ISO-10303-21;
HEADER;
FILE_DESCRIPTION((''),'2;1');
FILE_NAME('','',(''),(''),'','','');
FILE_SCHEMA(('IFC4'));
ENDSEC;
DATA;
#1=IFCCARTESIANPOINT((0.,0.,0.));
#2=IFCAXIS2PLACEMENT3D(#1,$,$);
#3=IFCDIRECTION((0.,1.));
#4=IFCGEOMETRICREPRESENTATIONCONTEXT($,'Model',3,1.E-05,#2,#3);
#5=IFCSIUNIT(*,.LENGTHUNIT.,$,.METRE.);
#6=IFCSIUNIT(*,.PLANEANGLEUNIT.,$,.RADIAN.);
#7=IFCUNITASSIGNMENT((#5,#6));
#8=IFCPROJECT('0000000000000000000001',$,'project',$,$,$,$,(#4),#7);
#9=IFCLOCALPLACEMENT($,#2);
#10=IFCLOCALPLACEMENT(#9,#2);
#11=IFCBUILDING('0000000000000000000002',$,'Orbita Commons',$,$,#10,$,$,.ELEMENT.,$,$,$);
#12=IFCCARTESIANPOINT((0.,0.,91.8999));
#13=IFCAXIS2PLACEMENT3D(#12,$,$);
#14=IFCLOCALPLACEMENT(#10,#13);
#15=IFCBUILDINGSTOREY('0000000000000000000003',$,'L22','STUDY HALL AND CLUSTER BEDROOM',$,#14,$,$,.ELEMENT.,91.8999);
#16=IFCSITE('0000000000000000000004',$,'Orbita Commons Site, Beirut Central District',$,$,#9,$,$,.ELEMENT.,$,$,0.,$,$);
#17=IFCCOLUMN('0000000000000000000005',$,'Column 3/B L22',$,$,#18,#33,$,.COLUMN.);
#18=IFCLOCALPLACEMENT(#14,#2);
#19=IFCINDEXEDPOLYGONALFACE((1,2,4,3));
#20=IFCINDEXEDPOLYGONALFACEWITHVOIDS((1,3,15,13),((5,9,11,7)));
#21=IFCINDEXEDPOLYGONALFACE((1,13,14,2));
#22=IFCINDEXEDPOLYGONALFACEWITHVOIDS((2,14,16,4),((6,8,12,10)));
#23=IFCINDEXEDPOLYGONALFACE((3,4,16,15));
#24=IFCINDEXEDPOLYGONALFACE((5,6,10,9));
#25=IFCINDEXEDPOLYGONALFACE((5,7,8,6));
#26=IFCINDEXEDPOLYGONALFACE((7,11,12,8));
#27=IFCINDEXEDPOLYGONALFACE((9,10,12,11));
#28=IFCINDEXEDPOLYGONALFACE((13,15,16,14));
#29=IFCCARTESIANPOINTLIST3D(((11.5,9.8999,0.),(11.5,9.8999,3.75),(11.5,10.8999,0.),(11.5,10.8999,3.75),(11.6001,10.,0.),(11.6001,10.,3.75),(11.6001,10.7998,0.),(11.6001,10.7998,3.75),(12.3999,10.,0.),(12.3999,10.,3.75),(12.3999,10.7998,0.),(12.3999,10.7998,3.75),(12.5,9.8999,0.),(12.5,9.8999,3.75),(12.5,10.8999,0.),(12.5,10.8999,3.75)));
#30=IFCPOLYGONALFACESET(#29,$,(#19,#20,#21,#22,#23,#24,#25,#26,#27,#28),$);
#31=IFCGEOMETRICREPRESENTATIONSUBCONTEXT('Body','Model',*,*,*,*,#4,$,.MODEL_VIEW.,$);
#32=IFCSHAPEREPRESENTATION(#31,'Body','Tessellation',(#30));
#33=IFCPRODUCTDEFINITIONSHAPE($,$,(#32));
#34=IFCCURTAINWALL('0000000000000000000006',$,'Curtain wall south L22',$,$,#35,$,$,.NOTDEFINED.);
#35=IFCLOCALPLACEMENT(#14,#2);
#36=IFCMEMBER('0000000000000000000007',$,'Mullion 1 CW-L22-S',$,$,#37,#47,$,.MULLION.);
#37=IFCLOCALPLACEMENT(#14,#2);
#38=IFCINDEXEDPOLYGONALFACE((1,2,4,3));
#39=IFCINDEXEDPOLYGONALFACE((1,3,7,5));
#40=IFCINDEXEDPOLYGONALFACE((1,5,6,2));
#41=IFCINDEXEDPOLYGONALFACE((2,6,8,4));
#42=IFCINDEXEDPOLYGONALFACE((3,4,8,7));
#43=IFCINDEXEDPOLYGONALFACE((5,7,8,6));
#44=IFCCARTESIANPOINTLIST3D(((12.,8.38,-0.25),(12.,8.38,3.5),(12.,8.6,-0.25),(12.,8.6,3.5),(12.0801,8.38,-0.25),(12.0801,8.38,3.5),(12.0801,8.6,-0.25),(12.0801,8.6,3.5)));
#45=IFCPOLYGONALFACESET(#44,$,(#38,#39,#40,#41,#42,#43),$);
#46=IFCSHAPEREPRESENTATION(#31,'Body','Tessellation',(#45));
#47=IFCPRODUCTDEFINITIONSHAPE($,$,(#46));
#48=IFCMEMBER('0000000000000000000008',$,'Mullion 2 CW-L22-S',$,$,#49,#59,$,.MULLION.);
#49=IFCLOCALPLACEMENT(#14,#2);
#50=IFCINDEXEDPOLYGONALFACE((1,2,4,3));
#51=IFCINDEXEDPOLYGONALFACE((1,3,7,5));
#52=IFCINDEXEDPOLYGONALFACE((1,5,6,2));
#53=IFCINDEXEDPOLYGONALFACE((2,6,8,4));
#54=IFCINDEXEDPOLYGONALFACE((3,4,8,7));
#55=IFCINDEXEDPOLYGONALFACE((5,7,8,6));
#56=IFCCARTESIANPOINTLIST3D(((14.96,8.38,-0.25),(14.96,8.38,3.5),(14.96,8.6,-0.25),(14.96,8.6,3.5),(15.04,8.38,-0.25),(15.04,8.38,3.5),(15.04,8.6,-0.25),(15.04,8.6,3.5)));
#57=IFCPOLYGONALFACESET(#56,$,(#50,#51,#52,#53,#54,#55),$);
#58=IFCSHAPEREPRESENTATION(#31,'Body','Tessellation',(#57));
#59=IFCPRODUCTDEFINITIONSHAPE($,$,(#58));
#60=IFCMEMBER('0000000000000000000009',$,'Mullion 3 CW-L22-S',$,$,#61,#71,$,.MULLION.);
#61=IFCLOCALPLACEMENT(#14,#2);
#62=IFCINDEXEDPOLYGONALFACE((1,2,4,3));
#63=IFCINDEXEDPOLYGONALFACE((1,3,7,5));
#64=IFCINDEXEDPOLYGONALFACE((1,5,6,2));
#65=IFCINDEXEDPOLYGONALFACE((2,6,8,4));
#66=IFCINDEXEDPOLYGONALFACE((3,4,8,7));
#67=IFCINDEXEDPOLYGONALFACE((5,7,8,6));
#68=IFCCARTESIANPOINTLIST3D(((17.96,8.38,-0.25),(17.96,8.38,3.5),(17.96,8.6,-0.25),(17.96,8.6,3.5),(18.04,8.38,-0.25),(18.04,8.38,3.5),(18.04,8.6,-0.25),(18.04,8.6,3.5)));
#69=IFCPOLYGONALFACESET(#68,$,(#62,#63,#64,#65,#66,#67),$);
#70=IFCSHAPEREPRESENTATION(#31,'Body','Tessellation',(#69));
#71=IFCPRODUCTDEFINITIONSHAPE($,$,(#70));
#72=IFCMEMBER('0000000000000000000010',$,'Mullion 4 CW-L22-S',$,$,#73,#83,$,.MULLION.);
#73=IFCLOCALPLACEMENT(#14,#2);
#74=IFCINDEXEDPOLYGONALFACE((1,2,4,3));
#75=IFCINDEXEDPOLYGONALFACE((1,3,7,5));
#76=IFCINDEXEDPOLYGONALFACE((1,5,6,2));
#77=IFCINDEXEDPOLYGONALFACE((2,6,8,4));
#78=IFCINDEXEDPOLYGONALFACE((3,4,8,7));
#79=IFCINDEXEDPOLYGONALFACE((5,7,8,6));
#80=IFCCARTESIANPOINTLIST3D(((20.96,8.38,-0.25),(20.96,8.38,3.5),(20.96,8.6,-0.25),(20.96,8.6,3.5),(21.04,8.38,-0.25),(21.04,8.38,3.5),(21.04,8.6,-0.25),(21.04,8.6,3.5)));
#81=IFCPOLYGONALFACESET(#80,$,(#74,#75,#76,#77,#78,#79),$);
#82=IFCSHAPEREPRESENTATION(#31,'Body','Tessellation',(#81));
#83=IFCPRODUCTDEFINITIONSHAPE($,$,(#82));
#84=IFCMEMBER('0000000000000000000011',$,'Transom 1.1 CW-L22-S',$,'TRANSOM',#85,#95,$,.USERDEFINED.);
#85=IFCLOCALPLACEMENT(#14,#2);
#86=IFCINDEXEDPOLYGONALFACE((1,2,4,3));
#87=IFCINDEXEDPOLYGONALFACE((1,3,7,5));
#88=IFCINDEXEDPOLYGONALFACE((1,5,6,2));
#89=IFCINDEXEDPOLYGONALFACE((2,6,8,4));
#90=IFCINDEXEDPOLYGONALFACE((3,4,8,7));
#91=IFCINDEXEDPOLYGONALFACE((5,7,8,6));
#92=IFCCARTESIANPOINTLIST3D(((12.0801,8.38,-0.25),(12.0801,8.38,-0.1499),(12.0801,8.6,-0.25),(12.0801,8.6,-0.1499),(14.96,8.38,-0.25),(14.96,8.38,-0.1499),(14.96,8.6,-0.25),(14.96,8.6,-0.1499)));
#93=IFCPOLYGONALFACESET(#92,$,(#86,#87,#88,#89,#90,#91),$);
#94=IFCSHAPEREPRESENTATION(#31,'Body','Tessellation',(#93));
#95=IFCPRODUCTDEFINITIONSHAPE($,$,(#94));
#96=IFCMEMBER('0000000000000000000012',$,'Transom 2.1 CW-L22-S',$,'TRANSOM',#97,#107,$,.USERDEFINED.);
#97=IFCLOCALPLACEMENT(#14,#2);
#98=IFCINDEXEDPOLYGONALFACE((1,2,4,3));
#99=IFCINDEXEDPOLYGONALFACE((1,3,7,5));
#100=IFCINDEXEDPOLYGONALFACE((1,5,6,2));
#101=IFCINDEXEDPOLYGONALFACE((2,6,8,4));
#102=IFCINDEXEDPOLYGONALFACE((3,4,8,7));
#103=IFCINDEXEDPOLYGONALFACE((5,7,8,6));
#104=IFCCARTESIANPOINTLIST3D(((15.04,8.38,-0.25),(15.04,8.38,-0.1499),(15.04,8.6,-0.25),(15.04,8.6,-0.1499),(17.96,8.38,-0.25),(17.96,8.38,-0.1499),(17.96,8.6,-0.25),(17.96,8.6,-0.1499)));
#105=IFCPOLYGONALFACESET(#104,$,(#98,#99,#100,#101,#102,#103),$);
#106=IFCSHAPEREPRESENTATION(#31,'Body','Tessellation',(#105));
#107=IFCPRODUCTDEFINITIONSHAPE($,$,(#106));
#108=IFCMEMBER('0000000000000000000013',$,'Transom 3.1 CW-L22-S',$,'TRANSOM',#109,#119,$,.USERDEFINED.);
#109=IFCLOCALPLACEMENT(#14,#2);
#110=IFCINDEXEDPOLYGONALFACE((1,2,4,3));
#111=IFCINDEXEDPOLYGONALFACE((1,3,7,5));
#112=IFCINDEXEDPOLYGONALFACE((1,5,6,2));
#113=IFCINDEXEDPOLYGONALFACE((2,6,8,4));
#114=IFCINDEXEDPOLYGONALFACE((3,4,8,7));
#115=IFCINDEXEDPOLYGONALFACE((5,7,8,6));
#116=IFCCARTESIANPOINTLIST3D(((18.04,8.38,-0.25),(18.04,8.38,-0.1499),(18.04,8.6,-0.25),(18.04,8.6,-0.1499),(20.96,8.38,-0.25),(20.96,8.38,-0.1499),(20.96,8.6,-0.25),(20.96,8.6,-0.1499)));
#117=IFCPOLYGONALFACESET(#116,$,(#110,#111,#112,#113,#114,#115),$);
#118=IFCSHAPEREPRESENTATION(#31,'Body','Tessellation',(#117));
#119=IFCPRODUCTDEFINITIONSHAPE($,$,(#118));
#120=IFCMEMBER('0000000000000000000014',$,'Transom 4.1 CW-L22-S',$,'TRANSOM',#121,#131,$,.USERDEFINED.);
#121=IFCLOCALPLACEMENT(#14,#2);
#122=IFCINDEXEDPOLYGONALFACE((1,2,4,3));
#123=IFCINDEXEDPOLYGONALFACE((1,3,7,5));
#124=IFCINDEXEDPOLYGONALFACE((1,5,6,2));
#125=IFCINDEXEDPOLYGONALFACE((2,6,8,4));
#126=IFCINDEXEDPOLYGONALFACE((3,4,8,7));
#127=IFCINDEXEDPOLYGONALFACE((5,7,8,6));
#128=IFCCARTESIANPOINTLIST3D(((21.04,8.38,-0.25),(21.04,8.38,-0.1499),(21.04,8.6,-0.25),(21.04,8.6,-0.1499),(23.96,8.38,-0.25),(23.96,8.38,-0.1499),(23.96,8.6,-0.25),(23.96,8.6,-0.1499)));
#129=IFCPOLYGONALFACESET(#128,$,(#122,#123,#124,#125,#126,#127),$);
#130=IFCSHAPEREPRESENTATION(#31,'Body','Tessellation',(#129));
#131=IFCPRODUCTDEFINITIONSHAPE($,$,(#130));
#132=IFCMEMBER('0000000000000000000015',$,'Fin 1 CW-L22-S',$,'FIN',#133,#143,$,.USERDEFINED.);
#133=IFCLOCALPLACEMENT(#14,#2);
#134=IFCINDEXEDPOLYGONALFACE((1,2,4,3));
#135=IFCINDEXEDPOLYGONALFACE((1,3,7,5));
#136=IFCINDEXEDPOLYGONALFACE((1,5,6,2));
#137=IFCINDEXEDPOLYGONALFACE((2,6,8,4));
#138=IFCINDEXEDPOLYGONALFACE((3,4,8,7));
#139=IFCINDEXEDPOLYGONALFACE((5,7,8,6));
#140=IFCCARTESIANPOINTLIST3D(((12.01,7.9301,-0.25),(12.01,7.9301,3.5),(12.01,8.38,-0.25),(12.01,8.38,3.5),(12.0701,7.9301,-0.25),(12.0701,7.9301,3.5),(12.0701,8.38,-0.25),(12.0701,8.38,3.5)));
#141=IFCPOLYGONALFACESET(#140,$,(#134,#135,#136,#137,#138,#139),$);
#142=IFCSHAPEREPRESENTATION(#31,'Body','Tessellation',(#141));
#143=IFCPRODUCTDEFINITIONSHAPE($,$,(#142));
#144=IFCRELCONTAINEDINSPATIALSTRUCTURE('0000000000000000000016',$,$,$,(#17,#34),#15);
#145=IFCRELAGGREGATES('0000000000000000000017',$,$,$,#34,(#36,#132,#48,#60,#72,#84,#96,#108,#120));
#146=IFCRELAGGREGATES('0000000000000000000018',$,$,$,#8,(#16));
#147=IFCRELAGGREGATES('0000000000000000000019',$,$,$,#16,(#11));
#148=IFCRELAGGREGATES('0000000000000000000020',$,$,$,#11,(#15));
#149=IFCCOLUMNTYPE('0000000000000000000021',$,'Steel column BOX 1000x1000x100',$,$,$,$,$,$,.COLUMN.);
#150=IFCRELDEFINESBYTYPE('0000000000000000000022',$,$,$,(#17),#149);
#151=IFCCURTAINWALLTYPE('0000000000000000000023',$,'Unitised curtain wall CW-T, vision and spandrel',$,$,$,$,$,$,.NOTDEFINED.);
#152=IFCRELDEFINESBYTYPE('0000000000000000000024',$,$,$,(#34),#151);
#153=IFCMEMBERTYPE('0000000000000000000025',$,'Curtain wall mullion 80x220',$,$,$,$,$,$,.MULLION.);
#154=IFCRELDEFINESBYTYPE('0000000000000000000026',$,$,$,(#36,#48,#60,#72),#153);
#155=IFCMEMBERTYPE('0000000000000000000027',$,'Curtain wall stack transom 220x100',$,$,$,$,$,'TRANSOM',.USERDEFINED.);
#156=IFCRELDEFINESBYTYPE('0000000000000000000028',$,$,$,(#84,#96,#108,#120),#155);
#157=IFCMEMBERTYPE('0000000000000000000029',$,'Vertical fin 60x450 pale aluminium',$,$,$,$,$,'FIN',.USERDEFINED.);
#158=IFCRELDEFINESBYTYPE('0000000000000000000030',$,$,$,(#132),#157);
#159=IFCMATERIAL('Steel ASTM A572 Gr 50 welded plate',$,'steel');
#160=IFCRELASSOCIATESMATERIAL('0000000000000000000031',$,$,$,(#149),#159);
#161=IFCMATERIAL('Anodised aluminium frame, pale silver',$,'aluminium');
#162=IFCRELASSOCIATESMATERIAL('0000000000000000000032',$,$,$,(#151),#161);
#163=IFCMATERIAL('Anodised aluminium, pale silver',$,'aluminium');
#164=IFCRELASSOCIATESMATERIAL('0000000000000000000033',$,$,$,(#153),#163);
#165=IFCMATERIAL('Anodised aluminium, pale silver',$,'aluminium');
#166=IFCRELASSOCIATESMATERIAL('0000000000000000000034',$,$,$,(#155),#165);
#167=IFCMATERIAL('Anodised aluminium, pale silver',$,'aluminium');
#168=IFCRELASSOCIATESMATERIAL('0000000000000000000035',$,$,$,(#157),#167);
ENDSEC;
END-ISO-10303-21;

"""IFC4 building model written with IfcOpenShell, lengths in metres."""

from ifc_helpers import new_model, si_unit, direction, frame, origin, origin_2d, place, context, subcontext, project, spatial, rectangle, hollow_rectangle, extrude, material, material_profile, profile_set, type_object, element, aggregate, save


model = new_model("IFC4")

# Units and contexts
model_context = context("Model", 3, precision=1e-05, world=origin(), true_north=direction((0.0, 1.0)))
body_context = subcontext(model_context, "Body", "Model", "MODEL_VIEW")
ifc_project = project(units=[si_unit("LENGTHUNIT", "METRE"), si_unit("PLANEANGLEUNIT", "RADIAN")], contexts=[model_context])

# Site, building, storey
site_placement = place(None, origin())
site = spatial("IfcSite", under=ifc_project, at=site_placement, Name="Orbita Commons Site, Beirut Central District", CompositionType="ELEMENT", RefElevation=0.0)
building_placement = place(site_placement, origin())
building = spatial("IfcBuilding", under=site, at=building_placement, Name="Orbita Commons", CompositionType="ELEMENT")
storey_placement = place(building_placement, frame((0.0, 0.0, 91.8999)))
storey = spatial("IfcBuildingStorey", under=building, at=storey_placement, Name="L22", Description="STUDY HALL AND CLUSTER BEDROOM", CompositionType="ELEMENT", Elevation=91.8999)

# Column
ifc_material_1 = material(Name="Steel ASTM A572 Gr 50 welded plate", Category="steel")
ifc_material_profile_1 = material_profile(ifc_material_1, hollow_rectangle(XDim=1.0, YDim=1.0, WallThickness=0.1001, at=origin_2d()), Name="BOX 1000x1000x100")
ifc_profile_set_1 = profile_set([ifc_material_profile_1], Name="Steel ASTM A572 Gr 50 welded plate")
column_type = type_object("IfcColumnType", Name="Steel column BOX 1000x1000x100", PredefinedType="COLUMN", material=ifc_profile_set_1)
column_placement = place(storey_placement, frame((12.0, 10.3999, 0.0), z_axis=(0.0, 0.0, 1.0), x_axis=(1.0, 0.0, 0.0)))
element("IfcColumn", 1, at=column_placement, inside=storey, type_object=column_type, Name="Column 3/B L22", PredefinedType="COLUMN", context=body_context, shape_type="SweptSolid", body=[
    extrude(hollow_rectangle(XDim=1.0, YDim=1.0, WallThickness=0.1001, at=origin_2d()), origin(), (0.0, 0.0, 1.0), 3.75),
])

# Curtain wall, members
ifc_material_2 = material(Name="Anodised aluminium frame, pale silver", Category="aluminium")
curtain_wall_type = type_object("IfcCurtainWallType", Name="Unitised curtain wall CW-T, vision and spandrel", PredefinedType="NOTDEFINED", material=ifc_material_2)
curtain_wall_placement = place(storey_placement, origin())
curtain_wall = element("IfcCurtainWall", 2, at=curtain_wall_placement, inside=storey, type_object=curtain_wall_type, Name="Curtain wall south L22", PredefinedType="NOTDEFINED")
ifc_material_3 = material(Name="Anodised aluminium, pale silver", Category="aluminium")
ifc_material_profile_2 = material_profile(ifc_material_3, rectangle(XDim=0.0801, YDim=0.22, at=origin_2d()), Name="AL 80x220")
ifc_profile_set_2 = profile_set([ifc_material_profile_2], Name="Anodised aluminium, pale silver")
member_type_1 = type_object("IfcMemberType", Name="Curtain wall mullion 80x220", PredefinedType="MULLION", material=ifc_profile_set_2)
member_1_placement = place(storey_placement, frame((12.04, 8.49, -0.25), z_axis=(0.0, 0.0, 1.0), x_axis=(1.0, 0.0, 0.0)))
member_1 = element("IfcMember", 3, at=member_1_placement, type_object=member_type_1, Name="Mullion 1 CW-L22-S", PredefinedType="MULLION", context=body_context, shape_type="SweptSolid", body=[
    extrude(rectangle(XDim=0.0801, YDim=0.22, at=origin_2d()), origin(), (0.0, 0.0, 1.0), 3.75),
])
member_2_placement = place(storey_placement, frame((15.0, 8.49, -0.25), z_axis=(0.0, 0.0, 1.0), x_axis=(1.0, 0.0, 0.0)))
member_2 = element("IfcMember", 4, at=member_2_placement, type_object=member_type_1, Name="Mullion 2 CW-L22-S", PredefinedType="MULLION", context=body_context, shape_type="SweptSolid", body=[
    extrude(rectangle(XDim=0.0801, YDim=0.22, at=origin_2d()), origin(), (0.0, 0.0, 1.0), 3.75),
])
member_3_placement = place(storey_placement, frame((18.0, 8.49, -0.25), z_axis=(0.0, 0.0, 1.0), x_axis=(1.0, 0.0, 0.0)))
member_3 = element("IfcMember", 5, at=member_3_placement, type_object=member_type_1, Name="Mullion 3 CW-L22-S", PredefinedType="MULLION", context=body_context, shape_type="SweptSolid", body=[
    extrude(rectangle(XDim=0.0801, YDim=0.22, at=origin_2d()), origin(), (0.0, 0.0, 1.0), 3.75),
])
member_4_placement = place(storey_placement, frame((21.0, 8.49, -0.25), z_axis=(0.0, 0.0, 1.0), x_axis=(1.0, 0.0, 0.0)))
member_4 = element("IfcMember", 6, at=member_4_placement, type_object=member_type_1, Name="Mullion 4 CW-L22-S", PredefinedType="MULLION", context=body_context, shape_type="SweptSolid", body=[
    extrude(rectangle(XDim=0.0801, YDim=0.22, at=origin_2d()), origin(), (0.0, 0.0, 1.0), 3.75),
])
ifc_material_4 = material(Name="Anodised aluminium, pale silver", Category="aluminium")
ifc_material_profile_3 = material_profile(ifc_material_4, rectangle(XDim=0.22, YDim=0.1001, at=origin_2d()), Name="AL 220x100")
ifc_profile_set_3 = profile_set([ifc_material_profile_3], Name="Anodised aluminium, pale silver")
member_type_2 = type_object("IfcMemberType", Name="Curtain wall stack transom 220x100", ElementType="TRANSOM", PredefinedType="USERDEFINED", material=ifc_profile_set_3)
member_5_placement = place(storey_placement, frame((12.0801, 8.49, -0.2), z_axis=(1.0, 0.0, 0.0), x_axis=(0.0, 1.0, 0.0)))
member_5 = element("IfcMember", 7, at=member_5_placement, type_object=member_type_2, Name="Transom 1.1 CW-L22-S", ObjectType="TRANSOM", PredefinedType="USERDEFINED", context=body_context, shape_type="SweptSolid", body=[
    extrude(rectangle(XDim=0.22, YDim=0.1001, at=origin_2d()), origin(), (0.0, 0.0, 1.0), 2.8799),
])
member_6_placement = place(storey_placement, frame((15.04, 8.49, -0.2), z_axis=(1.0, 0.0, 0.0), x_axis=(0.0, 1.0, 0.0)))
member_6 = element("IfcMember", 8, at=member_6_placement, type_object=member_type_2, Name="Transom 2.1 CW-L22-S", ObjectType="TRANSOM", PredefinedType="USERDEFINED", context=body_context, shape_type="SweptSolid", body=[
    extrude(rectangle(XDim=0.22, YDim=0.1001, at=origin_2d()), origin(), (0.0, 0.0, 1.0), 2.9199),
])
member_7_placement = place(storey_placement, frame((18.04, 8.49, -0.2), z_axis=(1.0, 0.0, 0.0), x_axis=(0.0, 1.0, 0.0)))
member_7 = element("IfcMember", 9, at=member_7_placement, type_object=member_type_2, Name="Transom 3.1 CW-L22-S", ObjectType="TRANSOM", PredefinedType="USERDEFINED", context=body_context, shape_type="SweptSolid", body=[
    extrude(rectangle(XDim=0.22, YDim=0.1001, at=origin_2d()), origin(), (0.0, 0.0, 1.0), 2.9199),
])
member_8_placement = place(storey_placement, frame((21.04, 8.49, -0.2), z_axis=(1.0, 0.0, 0.0), x_axis=(0.0, 1.0, 0.0)))
member_8 = element("IfcMember", 10, at=member_8_placement, type_object=member_type_2, Name="Transom 4.1 CW-L22-S", ObjectType="TRANSOM", PredefinedType="USERDEFINED", context=body_context, shape_type="SweptSolid", body=[
    extrude(rectangle(XDim=0.22, YDim=0.1001, at=origin_2d()), origin(), (0.0, 0.0, 1.0), 2.9199),
])
ifc_material_5 = material(Name="Anodised aluminium, pale silver", Category="aluminium")
ifc_material_profile_4 = material_profile(ifc_material_5, rectangle(XDim=0.0601, YDim=0.45, at=origin_2d()), Name="FIN 60x450")
ifc_profile_set_4 = profile_set([ifc_material_profile_4], Name="Anodised aluminium, pale silver")
member_type_3 = type_object("IfcMemberType", Name="Vertical fin 60x450 pale aluminium", ElementType="FIN", PredefinedType="USERDEFINED", material=ifc_profile_set_4)
member_9_placement = place(storey_placement, frame((12.04, 8.155, -0.25), z_axis=(0.0, 0.0, 1.0), x_axis=(1.0, 0.0, 0.0)))
member_9 = element("IfcMember", 11, at=member_9_placement, type_object=member_type_3, Name="Fin 1 CW-L22-S", ObjectType="FIN", PredefinedType="USERDEFINED", context=body_context, shape_type="SweptSolid", body=[
    extrude(rectangle(XDim=0.0601, YDim=0.45, at=origin_2d()), origin(), (0.0, 0.0, 1.0), 3.75),
])

aggregate(curtain_wall, [member_1, member_9, member_2, member_3, member_4, member_5, member_6, member_7, member_8])

save(model, "model.ifc")
